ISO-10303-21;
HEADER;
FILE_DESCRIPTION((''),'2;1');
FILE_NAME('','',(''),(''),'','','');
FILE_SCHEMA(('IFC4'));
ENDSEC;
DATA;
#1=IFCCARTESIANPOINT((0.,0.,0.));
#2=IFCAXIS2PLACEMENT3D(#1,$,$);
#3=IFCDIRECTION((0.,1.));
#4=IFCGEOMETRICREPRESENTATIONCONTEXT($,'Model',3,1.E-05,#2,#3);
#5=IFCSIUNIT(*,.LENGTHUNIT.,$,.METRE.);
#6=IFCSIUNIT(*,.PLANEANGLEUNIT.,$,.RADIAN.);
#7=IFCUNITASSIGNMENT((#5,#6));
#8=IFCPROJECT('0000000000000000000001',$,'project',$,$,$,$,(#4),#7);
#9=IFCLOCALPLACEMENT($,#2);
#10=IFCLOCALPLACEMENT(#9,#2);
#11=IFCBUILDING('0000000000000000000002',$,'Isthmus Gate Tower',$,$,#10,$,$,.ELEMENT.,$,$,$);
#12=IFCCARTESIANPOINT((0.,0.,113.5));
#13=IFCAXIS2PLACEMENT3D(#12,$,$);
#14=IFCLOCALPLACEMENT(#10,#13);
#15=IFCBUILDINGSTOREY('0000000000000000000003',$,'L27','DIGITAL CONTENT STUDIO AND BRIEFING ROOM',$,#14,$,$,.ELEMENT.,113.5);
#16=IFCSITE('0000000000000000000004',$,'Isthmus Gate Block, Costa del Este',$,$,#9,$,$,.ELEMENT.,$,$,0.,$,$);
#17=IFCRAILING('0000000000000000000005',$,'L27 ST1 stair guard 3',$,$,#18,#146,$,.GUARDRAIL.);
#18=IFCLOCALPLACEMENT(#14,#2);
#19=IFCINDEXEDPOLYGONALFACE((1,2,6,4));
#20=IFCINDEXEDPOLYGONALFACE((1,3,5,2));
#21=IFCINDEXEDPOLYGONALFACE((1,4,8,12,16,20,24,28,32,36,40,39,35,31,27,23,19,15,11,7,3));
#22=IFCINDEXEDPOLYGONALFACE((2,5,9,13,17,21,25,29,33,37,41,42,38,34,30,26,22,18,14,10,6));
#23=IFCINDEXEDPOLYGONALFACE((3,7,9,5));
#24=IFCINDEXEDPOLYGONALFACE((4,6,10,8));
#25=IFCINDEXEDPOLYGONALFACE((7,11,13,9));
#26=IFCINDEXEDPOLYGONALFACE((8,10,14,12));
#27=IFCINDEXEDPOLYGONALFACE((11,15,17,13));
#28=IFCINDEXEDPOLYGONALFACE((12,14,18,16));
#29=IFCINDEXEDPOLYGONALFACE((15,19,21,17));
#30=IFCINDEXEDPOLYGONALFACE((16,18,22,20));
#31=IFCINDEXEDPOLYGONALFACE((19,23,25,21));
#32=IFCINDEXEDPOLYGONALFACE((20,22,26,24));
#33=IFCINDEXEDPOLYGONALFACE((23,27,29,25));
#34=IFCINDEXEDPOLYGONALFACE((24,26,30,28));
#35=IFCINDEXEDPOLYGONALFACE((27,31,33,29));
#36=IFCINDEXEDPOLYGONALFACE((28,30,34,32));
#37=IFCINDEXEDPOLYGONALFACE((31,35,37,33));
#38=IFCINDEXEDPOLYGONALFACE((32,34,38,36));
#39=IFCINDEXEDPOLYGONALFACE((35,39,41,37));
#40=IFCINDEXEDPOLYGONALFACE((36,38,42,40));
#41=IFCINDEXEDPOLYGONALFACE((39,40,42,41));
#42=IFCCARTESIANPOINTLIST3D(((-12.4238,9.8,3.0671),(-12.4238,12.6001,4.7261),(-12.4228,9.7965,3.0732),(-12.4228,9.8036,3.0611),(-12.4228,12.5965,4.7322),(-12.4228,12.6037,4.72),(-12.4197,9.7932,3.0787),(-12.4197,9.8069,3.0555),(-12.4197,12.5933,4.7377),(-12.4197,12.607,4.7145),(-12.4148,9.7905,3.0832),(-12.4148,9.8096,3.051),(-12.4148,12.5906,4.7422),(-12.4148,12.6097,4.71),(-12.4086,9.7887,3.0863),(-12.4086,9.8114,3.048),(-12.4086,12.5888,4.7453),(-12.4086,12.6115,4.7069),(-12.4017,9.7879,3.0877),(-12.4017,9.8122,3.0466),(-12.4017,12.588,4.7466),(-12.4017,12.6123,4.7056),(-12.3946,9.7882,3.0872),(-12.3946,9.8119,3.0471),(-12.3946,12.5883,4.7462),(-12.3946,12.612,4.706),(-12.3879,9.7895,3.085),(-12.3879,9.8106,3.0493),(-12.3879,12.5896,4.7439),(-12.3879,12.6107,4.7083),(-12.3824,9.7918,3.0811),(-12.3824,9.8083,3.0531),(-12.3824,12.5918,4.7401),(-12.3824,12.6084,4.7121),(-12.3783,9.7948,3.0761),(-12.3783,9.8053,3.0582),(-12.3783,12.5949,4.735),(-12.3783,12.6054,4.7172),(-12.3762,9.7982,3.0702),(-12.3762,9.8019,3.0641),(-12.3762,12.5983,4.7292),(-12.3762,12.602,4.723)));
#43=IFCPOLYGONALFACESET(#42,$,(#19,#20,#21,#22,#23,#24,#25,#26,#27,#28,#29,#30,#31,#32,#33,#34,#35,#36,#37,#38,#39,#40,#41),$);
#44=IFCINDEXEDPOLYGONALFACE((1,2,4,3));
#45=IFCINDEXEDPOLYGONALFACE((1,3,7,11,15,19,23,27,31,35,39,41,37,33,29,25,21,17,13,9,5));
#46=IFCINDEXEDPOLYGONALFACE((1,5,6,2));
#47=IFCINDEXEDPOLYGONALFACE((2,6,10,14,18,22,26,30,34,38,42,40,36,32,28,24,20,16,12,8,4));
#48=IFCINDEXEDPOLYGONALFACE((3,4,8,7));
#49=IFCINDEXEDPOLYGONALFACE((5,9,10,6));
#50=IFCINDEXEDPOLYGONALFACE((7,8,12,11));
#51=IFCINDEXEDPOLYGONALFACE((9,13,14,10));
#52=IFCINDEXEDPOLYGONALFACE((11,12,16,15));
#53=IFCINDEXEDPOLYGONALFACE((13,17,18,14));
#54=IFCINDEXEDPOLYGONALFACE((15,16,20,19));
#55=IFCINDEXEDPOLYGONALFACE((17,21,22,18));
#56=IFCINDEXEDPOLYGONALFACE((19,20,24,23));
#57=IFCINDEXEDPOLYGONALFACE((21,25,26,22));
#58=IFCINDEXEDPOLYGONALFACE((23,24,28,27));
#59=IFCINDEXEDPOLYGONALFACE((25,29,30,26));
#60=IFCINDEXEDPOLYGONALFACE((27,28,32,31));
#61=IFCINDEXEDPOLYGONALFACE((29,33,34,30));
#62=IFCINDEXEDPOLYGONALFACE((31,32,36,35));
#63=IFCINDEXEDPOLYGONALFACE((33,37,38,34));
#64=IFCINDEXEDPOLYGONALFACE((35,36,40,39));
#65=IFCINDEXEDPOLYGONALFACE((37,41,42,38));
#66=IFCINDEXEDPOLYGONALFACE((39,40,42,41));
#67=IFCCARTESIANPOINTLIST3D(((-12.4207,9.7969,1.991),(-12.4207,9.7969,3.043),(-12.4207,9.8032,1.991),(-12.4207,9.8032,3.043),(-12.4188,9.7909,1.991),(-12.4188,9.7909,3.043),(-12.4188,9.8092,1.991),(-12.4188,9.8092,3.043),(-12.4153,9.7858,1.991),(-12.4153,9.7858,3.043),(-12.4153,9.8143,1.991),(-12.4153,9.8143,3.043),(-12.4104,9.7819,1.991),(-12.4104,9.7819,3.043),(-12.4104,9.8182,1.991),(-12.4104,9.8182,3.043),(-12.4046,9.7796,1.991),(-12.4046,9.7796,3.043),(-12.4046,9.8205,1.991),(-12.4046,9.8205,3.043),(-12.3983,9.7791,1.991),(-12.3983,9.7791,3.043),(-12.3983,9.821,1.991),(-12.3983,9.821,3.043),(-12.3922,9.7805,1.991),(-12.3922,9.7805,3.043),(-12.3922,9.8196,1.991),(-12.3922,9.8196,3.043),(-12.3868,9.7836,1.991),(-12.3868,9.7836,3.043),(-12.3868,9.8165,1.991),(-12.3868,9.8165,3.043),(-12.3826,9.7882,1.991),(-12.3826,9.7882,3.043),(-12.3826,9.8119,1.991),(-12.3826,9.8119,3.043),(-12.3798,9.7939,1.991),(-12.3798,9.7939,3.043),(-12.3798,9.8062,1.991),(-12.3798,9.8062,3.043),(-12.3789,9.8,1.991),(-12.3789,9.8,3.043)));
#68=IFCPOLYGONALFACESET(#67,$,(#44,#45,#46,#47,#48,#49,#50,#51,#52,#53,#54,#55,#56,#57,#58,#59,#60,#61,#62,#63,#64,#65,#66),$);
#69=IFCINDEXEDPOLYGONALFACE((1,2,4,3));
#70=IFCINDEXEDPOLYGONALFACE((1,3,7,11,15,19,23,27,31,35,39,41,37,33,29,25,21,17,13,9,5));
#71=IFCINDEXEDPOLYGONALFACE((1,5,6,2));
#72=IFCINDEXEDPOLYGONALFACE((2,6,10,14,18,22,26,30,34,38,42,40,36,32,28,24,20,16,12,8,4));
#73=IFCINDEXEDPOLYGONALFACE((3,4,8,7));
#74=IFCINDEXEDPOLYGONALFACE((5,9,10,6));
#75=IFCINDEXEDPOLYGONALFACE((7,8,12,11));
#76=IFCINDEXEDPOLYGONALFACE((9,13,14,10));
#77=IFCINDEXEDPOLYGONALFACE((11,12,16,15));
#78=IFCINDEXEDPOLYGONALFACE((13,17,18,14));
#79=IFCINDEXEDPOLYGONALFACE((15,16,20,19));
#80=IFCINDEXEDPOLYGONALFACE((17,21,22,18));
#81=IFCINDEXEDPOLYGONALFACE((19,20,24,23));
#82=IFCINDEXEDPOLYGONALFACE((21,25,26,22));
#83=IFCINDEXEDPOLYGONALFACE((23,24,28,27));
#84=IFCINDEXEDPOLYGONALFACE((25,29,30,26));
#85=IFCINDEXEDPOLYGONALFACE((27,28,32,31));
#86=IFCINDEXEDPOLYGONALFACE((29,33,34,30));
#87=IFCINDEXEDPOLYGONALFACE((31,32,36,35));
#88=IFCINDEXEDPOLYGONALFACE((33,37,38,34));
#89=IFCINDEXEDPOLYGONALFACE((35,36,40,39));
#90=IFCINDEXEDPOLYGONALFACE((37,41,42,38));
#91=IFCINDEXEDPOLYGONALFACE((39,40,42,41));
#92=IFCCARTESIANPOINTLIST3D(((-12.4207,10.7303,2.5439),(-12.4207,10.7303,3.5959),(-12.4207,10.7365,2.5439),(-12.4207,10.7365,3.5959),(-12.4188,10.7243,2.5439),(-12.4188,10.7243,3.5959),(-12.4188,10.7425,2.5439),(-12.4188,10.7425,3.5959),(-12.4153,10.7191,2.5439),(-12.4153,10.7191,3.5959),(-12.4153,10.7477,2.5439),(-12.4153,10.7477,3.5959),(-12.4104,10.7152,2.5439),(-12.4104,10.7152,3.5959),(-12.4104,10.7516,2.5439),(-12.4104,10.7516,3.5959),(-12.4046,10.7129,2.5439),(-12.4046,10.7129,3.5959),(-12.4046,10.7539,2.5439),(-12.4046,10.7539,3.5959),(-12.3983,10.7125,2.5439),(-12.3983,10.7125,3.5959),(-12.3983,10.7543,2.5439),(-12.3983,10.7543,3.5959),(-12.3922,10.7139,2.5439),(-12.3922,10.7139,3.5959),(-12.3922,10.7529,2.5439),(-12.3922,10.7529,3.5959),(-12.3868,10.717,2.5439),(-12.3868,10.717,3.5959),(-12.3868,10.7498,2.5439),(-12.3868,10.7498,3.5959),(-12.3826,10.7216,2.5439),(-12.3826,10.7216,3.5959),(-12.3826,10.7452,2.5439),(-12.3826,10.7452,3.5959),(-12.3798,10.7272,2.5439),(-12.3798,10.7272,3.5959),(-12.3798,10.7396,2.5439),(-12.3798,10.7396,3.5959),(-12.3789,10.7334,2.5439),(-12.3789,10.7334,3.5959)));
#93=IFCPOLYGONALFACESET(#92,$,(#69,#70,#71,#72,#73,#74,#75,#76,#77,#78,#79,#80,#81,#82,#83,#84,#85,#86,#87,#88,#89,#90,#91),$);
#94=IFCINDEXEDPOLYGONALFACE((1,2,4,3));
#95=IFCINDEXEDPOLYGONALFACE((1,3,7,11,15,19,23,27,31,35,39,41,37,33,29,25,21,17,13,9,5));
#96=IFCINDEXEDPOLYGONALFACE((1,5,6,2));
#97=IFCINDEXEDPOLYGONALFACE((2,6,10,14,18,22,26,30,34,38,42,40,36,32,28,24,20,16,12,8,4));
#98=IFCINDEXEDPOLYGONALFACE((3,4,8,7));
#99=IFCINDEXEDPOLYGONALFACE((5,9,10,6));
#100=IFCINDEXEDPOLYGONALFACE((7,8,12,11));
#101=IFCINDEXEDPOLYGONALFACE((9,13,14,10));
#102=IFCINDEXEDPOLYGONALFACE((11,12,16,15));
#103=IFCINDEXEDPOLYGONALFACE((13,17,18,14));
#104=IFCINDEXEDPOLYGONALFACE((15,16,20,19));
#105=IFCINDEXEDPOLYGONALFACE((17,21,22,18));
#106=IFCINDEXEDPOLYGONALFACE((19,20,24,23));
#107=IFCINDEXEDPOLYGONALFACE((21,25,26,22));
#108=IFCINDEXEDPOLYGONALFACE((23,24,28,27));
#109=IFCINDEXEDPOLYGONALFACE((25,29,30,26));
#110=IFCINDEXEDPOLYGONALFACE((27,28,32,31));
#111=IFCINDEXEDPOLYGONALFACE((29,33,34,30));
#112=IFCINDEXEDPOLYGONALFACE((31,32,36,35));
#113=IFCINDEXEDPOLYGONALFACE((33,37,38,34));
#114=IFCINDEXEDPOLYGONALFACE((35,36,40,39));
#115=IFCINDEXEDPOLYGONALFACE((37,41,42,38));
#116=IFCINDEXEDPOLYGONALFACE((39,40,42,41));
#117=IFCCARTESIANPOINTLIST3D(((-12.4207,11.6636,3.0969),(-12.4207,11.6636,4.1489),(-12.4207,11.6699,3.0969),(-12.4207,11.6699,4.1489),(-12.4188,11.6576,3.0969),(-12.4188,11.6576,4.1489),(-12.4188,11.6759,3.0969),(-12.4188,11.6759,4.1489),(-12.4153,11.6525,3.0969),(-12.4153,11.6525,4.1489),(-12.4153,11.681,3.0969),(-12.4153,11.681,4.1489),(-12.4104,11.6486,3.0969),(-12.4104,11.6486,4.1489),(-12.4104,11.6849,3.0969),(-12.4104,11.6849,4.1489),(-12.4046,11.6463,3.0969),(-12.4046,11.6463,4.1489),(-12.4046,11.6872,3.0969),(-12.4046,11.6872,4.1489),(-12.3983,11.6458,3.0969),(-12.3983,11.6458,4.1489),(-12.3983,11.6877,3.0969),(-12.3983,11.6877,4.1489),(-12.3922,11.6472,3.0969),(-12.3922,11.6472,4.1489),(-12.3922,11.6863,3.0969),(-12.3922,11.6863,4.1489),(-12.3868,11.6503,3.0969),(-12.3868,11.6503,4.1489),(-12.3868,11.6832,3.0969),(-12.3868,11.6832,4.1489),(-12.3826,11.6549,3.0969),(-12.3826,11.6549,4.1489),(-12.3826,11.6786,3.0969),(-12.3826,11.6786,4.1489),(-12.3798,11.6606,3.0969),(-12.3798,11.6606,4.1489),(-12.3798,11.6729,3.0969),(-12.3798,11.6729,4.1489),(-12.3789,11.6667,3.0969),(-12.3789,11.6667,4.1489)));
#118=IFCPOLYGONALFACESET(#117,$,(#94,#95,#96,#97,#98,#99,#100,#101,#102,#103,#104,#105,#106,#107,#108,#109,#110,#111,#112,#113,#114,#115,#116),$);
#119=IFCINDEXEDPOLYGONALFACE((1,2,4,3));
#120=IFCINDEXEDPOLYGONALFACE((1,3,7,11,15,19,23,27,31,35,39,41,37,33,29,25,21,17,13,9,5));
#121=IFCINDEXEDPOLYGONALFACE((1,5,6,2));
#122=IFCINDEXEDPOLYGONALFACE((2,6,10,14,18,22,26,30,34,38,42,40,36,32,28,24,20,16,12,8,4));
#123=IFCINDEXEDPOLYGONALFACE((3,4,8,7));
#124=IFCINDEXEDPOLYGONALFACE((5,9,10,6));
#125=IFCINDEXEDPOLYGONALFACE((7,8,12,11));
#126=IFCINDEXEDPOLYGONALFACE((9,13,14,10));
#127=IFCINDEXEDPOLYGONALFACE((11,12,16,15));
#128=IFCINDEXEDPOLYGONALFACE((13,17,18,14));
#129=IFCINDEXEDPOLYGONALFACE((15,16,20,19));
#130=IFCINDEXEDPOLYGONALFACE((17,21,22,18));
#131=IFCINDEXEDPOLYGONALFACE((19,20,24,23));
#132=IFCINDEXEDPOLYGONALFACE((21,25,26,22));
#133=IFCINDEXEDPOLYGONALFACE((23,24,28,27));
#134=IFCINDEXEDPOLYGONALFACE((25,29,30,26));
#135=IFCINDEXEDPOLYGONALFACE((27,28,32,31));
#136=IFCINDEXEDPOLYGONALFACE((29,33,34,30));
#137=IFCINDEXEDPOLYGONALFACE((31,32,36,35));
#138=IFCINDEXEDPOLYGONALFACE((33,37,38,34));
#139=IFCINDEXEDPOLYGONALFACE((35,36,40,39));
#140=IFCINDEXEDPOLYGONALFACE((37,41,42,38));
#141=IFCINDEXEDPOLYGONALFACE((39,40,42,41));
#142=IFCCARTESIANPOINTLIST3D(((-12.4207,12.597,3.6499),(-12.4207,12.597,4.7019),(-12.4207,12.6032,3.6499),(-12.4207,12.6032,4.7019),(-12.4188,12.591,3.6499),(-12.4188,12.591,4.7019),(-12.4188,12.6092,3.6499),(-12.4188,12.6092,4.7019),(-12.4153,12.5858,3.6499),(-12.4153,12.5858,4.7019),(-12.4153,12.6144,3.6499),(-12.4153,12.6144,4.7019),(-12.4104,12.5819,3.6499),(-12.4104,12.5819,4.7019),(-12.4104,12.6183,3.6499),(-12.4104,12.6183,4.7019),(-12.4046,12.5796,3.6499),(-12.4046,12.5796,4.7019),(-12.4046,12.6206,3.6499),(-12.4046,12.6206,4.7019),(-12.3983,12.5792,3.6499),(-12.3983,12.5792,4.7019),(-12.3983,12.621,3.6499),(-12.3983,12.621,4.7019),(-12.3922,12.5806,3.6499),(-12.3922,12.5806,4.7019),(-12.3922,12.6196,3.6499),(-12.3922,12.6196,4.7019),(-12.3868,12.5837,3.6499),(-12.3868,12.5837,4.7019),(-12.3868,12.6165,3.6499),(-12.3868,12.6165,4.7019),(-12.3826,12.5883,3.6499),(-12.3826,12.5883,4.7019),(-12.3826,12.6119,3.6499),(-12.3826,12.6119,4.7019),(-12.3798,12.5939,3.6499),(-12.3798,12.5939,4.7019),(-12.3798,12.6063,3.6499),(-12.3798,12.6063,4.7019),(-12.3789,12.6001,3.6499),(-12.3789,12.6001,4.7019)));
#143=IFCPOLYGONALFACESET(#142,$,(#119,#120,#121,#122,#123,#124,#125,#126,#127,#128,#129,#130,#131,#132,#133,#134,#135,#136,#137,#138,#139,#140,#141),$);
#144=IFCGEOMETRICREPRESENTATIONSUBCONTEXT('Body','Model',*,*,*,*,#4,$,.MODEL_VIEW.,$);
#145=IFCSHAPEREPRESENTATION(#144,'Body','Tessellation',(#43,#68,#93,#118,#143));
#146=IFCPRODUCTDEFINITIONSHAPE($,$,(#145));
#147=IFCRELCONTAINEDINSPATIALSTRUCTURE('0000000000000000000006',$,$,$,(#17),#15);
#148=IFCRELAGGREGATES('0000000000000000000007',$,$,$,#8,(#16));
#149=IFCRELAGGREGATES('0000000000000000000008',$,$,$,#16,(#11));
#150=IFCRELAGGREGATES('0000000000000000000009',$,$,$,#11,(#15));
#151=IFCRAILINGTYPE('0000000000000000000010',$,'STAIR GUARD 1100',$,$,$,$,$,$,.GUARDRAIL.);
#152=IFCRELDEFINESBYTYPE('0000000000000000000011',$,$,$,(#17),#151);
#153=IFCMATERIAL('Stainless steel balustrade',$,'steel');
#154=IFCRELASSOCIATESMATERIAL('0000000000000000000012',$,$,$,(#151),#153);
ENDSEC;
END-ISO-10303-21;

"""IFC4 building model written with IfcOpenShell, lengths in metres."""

from ifc_helpers import new_model, si_unit, direction, frame, origin, origin_2d, place, context, subcontext, project, spatial, circle, extrude, material, type_object, element, save


model = new_model("IFC4")

# Units and contexts
model_context = context("Model", 3, precision=1e-05, world=origin(), true_north=direction((0.0, 1.0)))
body_context = subcontext(model_context, "Body", "Model", "MODEL_VIEW")
ifc_project = project(units=[si_unit("LENGTHUNIT", "METRE"), si_unit("PLANEANGLEUNIT", "RADIAN")], contexts=[model_context])

# Site, building, storey
site_placement = place(None, origin())
site = spatial("IfcSite", under=ifc_project, at=site_placement, Name="Isthmus Gate Block, Costa del Este", CompositionType="ELEMENT", RefElevation=0.0)
building_placement = place(site_placement, origin())
building = spatial("IfcBuilding", under=site, at=building_placement, Name="Isthmus Gate Tower", CompositionType="ELEMENT")
storey_placement = place(building_placement, frame((0.0, 0.0, 113.5)))
storey = spatial("IfcBuildingStorey", under=building, at=storey_placement, Name="L27", Description="DIGITAL CONTENT STUDIO AND BRIEFING ROOM", CompositionType="ELEMENT", Elevation=113.5)

# Railing
ifc_material_1 = material(Name="Stainless steel balustrade", Category="steel")
railing_type_1 = type_object("IfcRailingType", Name="STAIR GUARD 1100", PredefinedType="GUARDRAIL", material=ifc_material_1)
railing_1_placement = place(storey_placement, frame((-12.3999, 9.8, 1.991)))
element("IfcRailing", 1, at=railing_1_placement, inside=storey, type_object=railing_type_1, Name="L27 ST1 stair guard 3", PredefinedType="GUARDRAIL", context=body_context, shape_type="SweptSolid", body=[
    extrude(circle(Radius=0.0239, at=origin_2d()), frame((0.0, 0.0, 1.0762), z_axis=(0.0, 0.860339, 0.509722), x_axis=(-1.0, 0.0, 0.0)), (0.0, 0.0, 1.0), 3.2546),
    extrude(circle(Radius=0.021, at=origin_2d()), origin(), (0.0, 0.0, 1.0), 1.052),
    extrude(circle(Radius=0.021, at=origin_2d()), frame((0.0, 0.9333, 0.553)), (0.0, 0.0, 1.0), 1.052),
    extrude(circle(Radius=0.021, at=origin_2d()), frame((0.0, 1.8667, 1.106)), (0.0, 0.0, 1.0), 1.052),
    extrude(circle(Radius=0.021, at=origin_2d()), frame((0.0, 2.8, 1.6589)), (0.0, 0.0, 1.0), 1.052),
])

save(model, "model.ifc")
